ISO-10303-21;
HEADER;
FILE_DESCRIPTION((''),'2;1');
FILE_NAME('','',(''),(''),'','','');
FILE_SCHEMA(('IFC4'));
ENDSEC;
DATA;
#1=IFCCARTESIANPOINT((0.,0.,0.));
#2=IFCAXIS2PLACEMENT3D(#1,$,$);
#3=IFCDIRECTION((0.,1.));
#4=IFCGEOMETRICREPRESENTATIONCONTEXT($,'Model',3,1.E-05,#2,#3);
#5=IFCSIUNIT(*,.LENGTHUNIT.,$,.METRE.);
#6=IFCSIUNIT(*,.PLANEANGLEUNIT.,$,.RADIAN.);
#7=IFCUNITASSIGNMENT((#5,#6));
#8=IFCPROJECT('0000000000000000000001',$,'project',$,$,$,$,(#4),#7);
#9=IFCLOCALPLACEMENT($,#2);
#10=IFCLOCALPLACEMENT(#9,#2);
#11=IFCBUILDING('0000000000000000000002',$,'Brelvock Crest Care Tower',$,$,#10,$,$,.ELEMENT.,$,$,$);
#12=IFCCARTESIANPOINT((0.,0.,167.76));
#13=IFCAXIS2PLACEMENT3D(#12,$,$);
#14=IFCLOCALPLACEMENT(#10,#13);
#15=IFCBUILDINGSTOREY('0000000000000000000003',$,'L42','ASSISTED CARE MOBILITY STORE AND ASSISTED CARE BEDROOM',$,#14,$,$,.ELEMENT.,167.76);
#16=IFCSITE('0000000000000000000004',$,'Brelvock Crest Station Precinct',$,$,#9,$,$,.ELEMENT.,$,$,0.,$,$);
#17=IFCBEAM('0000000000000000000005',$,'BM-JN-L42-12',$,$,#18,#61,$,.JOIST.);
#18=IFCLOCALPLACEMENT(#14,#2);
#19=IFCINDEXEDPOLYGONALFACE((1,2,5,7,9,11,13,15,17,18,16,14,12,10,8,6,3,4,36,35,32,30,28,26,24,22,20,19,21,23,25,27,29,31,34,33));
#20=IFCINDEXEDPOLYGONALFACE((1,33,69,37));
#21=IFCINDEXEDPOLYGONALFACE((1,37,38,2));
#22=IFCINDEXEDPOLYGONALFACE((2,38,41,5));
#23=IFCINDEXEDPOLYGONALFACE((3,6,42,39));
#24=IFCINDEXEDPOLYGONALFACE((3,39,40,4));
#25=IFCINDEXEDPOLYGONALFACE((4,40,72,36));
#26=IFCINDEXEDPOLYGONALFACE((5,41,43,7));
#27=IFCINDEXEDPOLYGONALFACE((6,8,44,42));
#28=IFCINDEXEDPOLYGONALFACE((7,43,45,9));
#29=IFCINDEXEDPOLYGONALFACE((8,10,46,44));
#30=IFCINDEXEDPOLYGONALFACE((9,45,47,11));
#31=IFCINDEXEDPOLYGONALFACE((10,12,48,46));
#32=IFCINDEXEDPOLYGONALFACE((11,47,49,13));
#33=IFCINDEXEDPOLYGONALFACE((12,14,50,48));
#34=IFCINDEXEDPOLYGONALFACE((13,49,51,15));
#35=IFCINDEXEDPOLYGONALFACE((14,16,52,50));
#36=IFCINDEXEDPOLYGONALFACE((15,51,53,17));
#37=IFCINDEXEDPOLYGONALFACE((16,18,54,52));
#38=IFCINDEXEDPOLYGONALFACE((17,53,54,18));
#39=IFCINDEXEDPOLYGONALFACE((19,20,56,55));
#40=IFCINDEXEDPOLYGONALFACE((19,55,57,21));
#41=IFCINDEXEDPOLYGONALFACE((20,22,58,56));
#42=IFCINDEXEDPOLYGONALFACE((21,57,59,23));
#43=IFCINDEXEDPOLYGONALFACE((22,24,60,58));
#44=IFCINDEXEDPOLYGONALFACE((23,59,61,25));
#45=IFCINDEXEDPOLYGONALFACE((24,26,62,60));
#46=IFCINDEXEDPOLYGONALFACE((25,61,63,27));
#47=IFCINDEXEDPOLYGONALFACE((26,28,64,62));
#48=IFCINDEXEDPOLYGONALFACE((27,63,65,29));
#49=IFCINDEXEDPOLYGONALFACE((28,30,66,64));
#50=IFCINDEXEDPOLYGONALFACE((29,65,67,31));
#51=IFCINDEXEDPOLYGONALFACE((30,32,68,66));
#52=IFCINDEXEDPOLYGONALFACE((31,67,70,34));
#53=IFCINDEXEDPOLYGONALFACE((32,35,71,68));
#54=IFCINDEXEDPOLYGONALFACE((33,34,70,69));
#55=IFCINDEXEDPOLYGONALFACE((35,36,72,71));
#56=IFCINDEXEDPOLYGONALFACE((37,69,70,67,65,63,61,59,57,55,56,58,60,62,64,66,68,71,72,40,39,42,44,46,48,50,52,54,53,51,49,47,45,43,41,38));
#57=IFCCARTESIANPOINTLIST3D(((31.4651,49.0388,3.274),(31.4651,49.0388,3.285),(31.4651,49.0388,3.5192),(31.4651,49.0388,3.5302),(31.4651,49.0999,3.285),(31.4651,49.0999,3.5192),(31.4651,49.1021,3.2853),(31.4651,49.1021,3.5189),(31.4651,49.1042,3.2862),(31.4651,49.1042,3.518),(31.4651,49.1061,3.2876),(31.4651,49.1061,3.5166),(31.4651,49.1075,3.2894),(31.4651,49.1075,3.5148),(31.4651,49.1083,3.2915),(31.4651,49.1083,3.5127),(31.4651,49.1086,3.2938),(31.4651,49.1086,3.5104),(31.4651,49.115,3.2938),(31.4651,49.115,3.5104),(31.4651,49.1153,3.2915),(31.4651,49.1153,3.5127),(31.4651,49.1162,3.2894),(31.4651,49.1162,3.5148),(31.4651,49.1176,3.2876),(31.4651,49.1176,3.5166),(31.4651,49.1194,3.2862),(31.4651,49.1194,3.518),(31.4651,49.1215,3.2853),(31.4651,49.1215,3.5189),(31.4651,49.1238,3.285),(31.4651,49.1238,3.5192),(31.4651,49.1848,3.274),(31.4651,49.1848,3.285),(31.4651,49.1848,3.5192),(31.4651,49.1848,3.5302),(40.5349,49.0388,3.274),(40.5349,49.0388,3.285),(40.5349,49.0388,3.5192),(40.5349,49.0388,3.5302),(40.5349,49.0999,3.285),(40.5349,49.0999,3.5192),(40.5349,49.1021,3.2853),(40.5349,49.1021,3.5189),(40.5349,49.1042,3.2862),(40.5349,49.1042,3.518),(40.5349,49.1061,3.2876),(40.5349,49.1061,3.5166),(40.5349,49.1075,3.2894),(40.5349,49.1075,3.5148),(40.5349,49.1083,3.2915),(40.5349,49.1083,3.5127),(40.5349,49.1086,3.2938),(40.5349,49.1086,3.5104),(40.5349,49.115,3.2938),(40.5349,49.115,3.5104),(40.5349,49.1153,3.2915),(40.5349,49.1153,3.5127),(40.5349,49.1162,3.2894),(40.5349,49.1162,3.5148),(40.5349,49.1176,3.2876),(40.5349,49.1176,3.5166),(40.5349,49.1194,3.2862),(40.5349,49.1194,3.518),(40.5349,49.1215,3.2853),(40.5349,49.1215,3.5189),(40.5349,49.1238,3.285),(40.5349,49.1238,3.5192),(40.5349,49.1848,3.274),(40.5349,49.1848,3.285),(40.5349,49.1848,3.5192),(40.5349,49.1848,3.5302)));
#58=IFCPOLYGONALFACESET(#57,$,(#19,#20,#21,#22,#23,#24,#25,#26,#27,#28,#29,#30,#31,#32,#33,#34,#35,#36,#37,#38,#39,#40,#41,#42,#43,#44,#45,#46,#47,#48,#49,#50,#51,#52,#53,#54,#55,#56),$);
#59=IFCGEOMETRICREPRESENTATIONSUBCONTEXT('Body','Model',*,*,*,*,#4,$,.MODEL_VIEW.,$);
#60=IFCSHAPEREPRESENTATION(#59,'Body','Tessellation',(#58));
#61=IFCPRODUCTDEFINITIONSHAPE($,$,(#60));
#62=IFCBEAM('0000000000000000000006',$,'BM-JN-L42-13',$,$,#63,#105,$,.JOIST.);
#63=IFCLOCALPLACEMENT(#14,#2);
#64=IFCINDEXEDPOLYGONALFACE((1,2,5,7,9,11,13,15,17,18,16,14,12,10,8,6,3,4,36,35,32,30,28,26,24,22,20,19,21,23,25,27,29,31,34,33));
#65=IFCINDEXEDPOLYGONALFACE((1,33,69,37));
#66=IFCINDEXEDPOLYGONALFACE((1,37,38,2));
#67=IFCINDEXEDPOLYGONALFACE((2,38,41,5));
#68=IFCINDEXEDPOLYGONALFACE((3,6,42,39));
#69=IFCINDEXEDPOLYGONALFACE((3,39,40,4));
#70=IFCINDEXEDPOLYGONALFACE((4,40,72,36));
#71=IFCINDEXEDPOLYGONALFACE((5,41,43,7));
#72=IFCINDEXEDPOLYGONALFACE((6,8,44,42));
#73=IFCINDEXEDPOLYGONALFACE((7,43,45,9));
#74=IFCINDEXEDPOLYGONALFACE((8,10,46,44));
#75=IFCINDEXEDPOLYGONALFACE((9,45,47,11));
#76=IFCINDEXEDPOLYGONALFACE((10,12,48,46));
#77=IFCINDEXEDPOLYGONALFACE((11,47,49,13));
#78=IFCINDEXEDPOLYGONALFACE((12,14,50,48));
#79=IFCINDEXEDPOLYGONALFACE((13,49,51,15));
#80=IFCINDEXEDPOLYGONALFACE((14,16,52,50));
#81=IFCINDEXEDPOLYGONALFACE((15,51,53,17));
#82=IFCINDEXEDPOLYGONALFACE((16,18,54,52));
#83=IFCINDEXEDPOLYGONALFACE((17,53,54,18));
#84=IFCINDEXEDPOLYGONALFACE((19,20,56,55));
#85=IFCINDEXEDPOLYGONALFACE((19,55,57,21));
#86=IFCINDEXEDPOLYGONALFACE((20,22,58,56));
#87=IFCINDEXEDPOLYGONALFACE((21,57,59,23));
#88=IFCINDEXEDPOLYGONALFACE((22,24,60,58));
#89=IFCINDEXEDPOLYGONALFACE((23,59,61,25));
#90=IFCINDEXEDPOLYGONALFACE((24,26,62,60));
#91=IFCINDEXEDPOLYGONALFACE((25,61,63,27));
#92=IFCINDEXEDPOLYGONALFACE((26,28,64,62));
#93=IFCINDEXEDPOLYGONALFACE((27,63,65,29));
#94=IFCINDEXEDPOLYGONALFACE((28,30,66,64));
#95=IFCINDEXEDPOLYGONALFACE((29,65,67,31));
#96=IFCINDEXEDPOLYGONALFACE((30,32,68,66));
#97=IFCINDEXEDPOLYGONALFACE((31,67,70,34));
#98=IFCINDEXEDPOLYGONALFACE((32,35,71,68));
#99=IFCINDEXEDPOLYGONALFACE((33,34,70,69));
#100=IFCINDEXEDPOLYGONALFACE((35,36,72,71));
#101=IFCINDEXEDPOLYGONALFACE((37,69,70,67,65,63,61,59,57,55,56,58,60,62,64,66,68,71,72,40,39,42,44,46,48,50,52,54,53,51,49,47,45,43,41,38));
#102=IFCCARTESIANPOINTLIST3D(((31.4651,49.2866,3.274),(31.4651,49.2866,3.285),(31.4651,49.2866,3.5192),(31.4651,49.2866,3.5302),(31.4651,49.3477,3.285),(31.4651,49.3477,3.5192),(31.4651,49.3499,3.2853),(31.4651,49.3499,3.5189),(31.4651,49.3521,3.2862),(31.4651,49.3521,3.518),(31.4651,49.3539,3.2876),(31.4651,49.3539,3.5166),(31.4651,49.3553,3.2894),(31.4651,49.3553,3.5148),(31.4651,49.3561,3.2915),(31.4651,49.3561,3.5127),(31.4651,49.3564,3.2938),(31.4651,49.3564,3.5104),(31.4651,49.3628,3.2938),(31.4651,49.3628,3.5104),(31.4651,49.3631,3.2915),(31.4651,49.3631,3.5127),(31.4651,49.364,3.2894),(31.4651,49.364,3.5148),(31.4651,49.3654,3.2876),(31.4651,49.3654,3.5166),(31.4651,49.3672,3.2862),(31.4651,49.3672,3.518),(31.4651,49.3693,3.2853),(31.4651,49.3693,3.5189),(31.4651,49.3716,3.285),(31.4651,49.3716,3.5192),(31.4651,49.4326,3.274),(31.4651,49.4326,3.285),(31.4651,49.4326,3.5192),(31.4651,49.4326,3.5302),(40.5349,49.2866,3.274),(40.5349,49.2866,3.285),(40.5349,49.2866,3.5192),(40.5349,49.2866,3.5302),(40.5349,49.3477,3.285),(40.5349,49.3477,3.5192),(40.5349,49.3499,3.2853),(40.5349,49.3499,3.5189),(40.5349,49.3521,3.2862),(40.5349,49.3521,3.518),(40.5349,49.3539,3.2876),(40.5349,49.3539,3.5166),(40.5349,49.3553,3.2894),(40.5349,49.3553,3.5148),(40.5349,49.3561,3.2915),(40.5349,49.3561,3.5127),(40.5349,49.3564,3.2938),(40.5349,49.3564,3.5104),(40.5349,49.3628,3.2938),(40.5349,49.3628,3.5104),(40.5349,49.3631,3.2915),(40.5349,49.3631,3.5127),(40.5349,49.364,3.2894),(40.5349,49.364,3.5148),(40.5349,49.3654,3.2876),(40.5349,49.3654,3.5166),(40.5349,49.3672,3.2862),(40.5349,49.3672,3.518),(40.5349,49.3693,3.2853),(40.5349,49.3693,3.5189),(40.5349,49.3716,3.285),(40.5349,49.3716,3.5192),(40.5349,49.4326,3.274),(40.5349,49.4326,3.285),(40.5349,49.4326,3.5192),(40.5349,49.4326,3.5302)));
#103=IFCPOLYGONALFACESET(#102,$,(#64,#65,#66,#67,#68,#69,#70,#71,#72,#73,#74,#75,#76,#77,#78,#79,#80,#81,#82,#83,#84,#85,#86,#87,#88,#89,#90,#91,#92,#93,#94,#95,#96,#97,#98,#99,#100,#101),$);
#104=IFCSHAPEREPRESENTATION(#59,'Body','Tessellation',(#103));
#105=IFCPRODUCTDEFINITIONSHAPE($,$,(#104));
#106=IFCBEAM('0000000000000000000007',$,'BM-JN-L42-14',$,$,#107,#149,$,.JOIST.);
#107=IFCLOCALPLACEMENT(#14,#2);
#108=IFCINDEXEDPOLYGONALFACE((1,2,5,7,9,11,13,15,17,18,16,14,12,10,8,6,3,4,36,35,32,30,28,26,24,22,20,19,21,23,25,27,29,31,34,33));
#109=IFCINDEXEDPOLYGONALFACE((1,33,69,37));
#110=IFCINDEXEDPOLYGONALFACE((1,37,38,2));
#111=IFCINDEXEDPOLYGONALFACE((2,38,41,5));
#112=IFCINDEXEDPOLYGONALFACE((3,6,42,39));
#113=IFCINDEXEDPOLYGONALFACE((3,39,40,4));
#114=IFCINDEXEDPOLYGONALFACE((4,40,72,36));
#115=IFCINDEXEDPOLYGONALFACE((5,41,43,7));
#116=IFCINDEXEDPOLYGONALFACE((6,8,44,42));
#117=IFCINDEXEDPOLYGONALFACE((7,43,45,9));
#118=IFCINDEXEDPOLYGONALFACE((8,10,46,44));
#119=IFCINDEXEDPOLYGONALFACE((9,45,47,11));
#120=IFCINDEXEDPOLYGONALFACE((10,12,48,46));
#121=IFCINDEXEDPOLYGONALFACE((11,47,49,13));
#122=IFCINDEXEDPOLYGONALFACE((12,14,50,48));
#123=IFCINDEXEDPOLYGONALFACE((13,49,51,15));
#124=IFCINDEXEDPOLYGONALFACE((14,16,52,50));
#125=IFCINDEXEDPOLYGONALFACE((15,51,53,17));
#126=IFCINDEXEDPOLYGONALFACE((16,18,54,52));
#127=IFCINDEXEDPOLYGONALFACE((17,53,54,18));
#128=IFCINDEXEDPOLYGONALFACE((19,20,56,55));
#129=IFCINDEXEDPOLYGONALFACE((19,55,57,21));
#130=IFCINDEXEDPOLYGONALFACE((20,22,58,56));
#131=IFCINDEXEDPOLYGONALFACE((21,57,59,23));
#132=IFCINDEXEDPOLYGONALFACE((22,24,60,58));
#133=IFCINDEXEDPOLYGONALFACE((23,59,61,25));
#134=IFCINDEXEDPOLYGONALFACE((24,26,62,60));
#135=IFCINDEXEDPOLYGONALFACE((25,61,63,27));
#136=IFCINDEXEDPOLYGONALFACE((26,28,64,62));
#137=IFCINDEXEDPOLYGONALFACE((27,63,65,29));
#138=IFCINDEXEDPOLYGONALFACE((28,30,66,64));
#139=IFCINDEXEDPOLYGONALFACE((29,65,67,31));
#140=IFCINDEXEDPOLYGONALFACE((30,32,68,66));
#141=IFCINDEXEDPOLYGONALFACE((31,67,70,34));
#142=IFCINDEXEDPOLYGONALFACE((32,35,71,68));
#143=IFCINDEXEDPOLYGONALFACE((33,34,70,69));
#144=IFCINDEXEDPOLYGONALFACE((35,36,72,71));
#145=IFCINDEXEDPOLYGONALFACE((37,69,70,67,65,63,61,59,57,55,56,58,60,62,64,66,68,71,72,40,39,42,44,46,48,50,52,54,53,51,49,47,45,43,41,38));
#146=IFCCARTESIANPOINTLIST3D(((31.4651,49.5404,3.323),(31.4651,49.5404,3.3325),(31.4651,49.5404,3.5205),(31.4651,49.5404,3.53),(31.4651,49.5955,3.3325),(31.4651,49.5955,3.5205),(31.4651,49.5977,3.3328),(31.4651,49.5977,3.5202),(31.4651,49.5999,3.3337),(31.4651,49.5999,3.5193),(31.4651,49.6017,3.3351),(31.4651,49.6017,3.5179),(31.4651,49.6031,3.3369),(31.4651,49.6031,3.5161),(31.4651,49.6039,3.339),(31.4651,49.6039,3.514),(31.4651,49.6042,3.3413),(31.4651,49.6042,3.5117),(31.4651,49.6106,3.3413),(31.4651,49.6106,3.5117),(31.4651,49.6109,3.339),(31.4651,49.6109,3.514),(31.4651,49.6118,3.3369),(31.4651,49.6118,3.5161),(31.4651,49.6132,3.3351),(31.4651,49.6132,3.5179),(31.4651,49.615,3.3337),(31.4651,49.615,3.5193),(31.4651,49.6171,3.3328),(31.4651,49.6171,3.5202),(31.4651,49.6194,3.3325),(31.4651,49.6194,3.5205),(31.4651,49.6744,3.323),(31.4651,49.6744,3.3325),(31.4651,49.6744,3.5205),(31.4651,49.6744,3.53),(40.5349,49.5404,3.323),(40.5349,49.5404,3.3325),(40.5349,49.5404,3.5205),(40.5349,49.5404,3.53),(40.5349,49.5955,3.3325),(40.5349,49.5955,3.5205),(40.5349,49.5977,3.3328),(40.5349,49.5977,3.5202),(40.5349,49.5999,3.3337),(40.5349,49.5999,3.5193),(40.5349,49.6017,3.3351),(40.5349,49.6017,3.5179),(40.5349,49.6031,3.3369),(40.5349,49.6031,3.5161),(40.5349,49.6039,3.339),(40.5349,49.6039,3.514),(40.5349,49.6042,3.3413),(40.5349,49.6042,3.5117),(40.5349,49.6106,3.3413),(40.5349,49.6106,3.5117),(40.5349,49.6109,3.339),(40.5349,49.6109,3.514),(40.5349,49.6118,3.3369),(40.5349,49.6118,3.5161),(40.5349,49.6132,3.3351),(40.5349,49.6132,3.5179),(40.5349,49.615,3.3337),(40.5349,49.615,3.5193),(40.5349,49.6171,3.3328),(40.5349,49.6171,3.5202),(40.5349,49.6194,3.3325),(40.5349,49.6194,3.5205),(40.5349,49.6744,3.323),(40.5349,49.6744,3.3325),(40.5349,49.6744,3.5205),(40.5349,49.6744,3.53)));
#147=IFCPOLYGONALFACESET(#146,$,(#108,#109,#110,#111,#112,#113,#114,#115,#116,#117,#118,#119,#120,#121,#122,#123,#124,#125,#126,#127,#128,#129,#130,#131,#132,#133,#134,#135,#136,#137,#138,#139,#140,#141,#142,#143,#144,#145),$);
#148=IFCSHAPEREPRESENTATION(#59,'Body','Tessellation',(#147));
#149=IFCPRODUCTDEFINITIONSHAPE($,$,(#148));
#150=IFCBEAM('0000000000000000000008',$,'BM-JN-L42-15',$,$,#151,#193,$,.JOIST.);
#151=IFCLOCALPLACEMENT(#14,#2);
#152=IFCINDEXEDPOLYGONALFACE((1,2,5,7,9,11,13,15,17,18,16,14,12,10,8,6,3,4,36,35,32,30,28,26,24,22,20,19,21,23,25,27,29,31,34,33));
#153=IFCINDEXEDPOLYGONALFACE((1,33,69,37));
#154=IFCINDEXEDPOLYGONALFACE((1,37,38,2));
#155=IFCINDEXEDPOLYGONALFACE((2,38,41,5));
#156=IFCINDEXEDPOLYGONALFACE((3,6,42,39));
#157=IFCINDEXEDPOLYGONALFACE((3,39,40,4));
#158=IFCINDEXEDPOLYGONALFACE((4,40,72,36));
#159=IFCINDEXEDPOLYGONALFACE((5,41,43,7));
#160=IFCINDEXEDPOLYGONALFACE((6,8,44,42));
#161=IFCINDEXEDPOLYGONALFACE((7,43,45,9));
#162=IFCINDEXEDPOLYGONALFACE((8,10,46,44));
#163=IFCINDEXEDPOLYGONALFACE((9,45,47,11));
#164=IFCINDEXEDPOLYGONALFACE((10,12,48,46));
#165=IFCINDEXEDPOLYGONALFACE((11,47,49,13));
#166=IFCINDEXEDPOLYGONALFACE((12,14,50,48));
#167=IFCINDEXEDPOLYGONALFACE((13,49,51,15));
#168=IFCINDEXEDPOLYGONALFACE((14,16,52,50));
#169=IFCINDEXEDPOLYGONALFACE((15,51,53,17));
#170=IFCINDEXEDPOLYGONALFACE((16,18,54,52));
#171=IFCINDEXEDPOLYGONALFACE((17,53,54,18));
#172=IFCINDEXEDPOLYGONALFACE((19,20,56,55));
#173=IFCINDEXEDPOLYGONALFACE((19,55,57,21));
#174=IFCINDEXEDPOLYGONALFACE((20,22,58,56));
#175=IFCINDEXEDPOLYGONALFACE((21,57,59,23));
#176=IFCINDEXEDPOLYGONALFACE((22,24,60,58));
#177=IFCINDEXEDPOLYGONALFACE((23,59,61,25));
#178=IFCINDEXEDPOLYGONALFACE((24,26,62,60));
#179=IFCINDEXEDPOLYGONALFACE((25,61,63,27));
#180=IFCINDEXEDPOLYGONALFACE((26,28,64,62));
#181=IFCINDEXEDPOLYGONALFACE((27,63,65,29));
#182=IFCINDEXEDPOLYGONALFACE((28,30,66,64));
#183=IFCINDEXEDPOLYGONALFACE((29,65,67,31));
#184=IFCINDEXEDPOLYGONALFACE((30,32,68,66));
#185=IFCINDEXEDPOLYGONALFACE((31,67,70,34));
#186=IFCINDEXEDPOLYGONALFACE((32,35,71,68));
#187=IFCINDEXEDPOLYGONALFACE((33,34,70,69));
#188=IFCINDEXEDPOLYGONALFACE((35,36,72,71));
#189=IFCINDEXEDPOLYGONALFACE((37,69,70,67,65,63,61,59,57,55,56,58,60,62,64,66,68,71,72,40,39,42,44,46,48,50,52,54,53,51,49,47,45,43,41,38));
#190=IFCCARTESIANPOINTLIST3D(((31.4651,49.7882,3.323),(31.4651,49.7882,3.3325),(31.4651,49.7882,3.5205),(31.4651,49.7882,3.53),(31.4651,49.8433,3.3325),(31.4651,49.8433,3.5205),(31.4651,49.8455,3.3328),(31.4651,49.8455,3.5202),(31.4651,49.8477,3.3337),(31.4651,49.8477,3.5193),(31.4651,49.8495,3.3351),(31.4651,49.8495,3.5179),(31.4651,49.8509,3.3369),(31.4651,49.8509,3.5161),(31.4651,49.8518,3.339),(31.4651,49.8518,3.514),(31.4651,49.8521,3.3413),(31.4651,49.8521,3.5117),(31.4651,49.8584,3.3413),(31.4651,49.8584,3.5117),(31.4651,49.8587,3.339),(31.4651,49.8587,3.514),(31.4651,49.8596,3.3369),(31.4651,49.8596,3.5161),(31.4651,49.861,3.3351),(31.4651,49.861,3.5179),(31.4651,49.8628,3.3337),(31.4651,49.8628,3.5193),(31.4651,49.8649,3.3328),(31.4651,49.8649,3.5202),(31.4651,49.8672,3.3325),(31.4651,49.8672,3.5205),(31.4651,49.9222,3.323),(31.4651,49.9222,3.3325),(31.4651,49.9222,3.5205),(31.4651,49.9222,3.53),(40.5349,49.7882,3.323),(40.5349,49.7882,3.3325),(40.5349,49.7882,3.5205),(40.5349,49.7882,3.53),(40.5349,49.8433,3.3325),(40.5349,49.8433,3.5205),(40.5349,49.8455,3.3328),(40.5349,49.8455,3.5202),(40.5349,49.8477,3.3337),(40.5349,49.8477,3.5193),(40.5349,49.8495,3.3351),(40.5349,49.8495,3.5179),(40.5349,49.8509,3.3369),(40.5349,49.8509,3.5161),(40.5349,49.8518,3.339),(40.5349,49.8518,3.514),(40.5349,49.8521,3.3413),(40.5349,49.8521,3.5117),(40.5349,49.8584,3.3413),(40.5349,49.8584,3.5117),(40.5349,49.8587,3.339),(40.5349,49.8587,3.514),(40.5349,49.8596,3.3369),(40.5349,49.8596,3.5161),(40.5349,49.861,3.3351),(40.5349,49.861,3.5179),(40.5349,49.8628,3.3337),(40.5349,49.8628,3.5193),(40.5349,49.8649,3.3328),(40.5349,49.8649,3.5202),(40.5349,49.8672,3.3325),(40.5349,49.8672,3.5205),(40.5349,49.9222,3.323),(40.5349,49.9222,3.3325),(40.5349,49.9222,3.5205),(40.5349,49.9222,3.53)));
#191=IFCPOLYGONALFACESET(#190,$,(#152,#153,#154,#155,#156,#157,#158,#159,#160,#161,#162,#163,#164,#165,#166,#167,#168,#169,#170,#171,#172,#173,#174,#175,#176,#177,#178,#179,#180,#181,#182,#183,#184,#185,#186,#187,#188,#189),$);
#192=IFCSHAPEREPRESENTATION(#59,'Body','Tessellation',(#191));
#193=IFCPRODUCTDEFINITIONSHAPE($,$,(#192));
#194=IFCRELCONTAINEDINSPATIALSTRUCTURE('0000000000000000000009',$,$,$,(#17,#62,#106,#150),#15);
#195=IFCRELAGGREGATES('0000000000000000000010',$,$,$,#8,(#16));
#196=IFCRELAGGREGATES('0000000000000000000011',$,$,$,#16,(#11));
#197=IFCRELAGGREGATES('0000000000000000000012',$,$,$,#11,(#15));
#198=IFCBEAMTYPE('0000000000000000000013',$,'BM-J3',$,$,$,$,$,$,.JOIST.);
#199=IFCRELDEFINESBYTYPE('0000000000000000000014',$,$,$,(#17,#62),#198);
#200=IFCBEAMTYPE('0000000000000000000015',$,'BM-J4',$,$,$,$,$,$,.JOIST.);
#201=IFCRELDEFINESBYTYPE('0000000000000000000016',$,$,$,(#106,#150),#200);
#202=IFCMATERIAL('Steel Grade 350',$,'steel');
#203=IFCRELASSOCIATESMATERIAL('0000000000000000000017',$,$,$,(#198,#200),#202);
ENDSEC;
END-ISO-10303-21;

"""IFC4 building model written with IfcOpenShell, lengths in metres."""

from ifc_helpers import new_model, si_unit, direction, frame, origin, origin_2d, place, context, subcontext, project, spatial, i_section, extrude, source, transform, mapped, material, material_profile, profile_set, type_object, element, save


model = new_model("IFC4")

# Units and contexts
model_context = context("Model", 3, precision=1e-05, world=origin(), true_north=direction((0.0, 1.0)))
body_context = subcontext(model_context, "Body", "Model", "MODEL_VIEW")
ifc_project = project(units=[si_unit("LENGTHUNIT", "METRE"), si_unit("PLANEANGLEUNIT", "RADIAN")], contexts=[model_context])

# Site, building, storey
site_placement = place(None, origin())
site = spatial("IfcSite", under=ifc_project, at=site_placement, Name="Brelvock Crest Station Precinct", CompositionType="ELEMENT", RefElevation=0.0)
building_placement = place(site_placement, origin())
building = spatial("IfcBuilding", under=site, at=building_placement, Name="Brelvock Crest Care Tower", CompositionType="ELEMENT")
storey_placement = place(building_placement, frame((0.0, 0.0, 167.76)))
storey = spatial("IfcBuildingStorey", under=building, at=storey_placement, Name="L42", Description="ASSISTED CARE MOBILITY STORE AND ASSISTED CARE BEDROOM", CompositionType="ELEMENT", Elevation=167.76)

# Shared definitions
ifc_material_1 = material(Name="Steel Grade 350", Category="steel")

# Beams
ifc_material_profile_1 = material_profile(ifc_material_1, i_section(OverallWidth=0.146, OverallDepth=0.2561, WebThickness=0.0063, FlangeThickness=0.011, FilletRadius=0.0088, at=origin_2d()), Name="250UB37.3")
ifc_profile_set_1 = profile_set([ifc_material_profile_1], Name="Steel Grade 350")
beam_type_1 = type_object("IfcBeamType", Name="BM-J3", PredefinedType="JOIST", material=ifc_profile_set_1)
shared_shape_1 = source(origin(), body_context, "Body", "SweptSolid", [
    extrude(i_section(OverallWidth=0.146, OverallDepth=0.2561, WebThickness=0.0063, FlangeThickness=0.011, FilletRadius=0.0088, at=origin_2d()), origin(), (0.0, 0.0, 1.0), 9.0698),
])
for number, where, z_axis, x_axis, name in (
    (1, (31.4651, 49.1118, 3.4021), (1.0, 0.0, 0.0), (0.0, 1.0, 0.0), "BM-JN-L42-12"),
    (2, (31.4651, 49.3596, 3.4021), (1.0, 0.0, 0.0), (0.0, 1.0, 0.0), "BM-JN-L42-13"),
):
    element("IfcBeam", number, at=place(storey_placement, frame(where, z_axis=z_axis, x_axis=x_axis)), inside=storey, type_object=beam_type_1, Name=name, PredefinedType="JOIST", context=body_context, shape_type="MappedRepresentation", body=[
        mapped(shared_shape_1, transform((0.0, 0.0, 0.0), x_axis=(1.0, 0.0, 0.0), y_axis=(0.0, 1.0, 0.0), z_axis=(0.0, 0.0, 1.0), scale=1.0)),
    ])
ifc_material_profile_2 = material_profile(ifc_material_1, i_section(OverallWidth=0.134, OverallDepth=0.207, WebThickness=0.0063, FlangeThickness=0.0095, FilletRadius=0.0088, at=origin_2d()), Name="200UB29.8")
ifc_profile_set_2 = profile_set([ifc_material_profile_2], Name="Steel Grade 350")
beam_type_2 = type_object("IfcBeamType", Name="BM-J4", PredefinedType="JOIST", material=ifc_profile_set_2)
shared_shape_2 = source(origin(), body_context, "Body", "SweptSolid", [
    extrude(i_section(OverallWidth=0.134, OverallDepth=0.207, WebThickness=0.0063, FlangeThickness=0.0095, FilletRadius=0.0088, at=origin_2d()), origin(), (0.0, 0.0, 1.0), 9.0698),
])
for number, where, z_axis, x_axis, name in (
    (3, (31.4651, 49.6074, 3.4265), (1.0, 0.0, 0.0), (0.0, 1.0, 0.0), "BM-JN-L42-14"),
    (4, (31.4651, 49.8552, 3.4265), (1.0, 0.0, 0.0), (0.0, 1.0, 0.0), "BM-JN-L42-15"),
):
    element("IfcBeam", number, at=place(storey_placement, frame(where, z_axis=z_axis, x_axis=x_axis)), inside=storey, type_object=beam_type_2, Name=name, PredefinedType="JOIST", context=body_context, shape_type="MappedRepresentation", body=[
        mapped(shared_shape_2, transform((0.0, 0.0, 0.0), x_axis=(1.0, 0.0, 0.0), y_axis=(0.0, 1.0, 0.0), z_axis=(0.0, 0.0, 1.0), scale=1.0)),
    ])

save(model, "model.ifc")
